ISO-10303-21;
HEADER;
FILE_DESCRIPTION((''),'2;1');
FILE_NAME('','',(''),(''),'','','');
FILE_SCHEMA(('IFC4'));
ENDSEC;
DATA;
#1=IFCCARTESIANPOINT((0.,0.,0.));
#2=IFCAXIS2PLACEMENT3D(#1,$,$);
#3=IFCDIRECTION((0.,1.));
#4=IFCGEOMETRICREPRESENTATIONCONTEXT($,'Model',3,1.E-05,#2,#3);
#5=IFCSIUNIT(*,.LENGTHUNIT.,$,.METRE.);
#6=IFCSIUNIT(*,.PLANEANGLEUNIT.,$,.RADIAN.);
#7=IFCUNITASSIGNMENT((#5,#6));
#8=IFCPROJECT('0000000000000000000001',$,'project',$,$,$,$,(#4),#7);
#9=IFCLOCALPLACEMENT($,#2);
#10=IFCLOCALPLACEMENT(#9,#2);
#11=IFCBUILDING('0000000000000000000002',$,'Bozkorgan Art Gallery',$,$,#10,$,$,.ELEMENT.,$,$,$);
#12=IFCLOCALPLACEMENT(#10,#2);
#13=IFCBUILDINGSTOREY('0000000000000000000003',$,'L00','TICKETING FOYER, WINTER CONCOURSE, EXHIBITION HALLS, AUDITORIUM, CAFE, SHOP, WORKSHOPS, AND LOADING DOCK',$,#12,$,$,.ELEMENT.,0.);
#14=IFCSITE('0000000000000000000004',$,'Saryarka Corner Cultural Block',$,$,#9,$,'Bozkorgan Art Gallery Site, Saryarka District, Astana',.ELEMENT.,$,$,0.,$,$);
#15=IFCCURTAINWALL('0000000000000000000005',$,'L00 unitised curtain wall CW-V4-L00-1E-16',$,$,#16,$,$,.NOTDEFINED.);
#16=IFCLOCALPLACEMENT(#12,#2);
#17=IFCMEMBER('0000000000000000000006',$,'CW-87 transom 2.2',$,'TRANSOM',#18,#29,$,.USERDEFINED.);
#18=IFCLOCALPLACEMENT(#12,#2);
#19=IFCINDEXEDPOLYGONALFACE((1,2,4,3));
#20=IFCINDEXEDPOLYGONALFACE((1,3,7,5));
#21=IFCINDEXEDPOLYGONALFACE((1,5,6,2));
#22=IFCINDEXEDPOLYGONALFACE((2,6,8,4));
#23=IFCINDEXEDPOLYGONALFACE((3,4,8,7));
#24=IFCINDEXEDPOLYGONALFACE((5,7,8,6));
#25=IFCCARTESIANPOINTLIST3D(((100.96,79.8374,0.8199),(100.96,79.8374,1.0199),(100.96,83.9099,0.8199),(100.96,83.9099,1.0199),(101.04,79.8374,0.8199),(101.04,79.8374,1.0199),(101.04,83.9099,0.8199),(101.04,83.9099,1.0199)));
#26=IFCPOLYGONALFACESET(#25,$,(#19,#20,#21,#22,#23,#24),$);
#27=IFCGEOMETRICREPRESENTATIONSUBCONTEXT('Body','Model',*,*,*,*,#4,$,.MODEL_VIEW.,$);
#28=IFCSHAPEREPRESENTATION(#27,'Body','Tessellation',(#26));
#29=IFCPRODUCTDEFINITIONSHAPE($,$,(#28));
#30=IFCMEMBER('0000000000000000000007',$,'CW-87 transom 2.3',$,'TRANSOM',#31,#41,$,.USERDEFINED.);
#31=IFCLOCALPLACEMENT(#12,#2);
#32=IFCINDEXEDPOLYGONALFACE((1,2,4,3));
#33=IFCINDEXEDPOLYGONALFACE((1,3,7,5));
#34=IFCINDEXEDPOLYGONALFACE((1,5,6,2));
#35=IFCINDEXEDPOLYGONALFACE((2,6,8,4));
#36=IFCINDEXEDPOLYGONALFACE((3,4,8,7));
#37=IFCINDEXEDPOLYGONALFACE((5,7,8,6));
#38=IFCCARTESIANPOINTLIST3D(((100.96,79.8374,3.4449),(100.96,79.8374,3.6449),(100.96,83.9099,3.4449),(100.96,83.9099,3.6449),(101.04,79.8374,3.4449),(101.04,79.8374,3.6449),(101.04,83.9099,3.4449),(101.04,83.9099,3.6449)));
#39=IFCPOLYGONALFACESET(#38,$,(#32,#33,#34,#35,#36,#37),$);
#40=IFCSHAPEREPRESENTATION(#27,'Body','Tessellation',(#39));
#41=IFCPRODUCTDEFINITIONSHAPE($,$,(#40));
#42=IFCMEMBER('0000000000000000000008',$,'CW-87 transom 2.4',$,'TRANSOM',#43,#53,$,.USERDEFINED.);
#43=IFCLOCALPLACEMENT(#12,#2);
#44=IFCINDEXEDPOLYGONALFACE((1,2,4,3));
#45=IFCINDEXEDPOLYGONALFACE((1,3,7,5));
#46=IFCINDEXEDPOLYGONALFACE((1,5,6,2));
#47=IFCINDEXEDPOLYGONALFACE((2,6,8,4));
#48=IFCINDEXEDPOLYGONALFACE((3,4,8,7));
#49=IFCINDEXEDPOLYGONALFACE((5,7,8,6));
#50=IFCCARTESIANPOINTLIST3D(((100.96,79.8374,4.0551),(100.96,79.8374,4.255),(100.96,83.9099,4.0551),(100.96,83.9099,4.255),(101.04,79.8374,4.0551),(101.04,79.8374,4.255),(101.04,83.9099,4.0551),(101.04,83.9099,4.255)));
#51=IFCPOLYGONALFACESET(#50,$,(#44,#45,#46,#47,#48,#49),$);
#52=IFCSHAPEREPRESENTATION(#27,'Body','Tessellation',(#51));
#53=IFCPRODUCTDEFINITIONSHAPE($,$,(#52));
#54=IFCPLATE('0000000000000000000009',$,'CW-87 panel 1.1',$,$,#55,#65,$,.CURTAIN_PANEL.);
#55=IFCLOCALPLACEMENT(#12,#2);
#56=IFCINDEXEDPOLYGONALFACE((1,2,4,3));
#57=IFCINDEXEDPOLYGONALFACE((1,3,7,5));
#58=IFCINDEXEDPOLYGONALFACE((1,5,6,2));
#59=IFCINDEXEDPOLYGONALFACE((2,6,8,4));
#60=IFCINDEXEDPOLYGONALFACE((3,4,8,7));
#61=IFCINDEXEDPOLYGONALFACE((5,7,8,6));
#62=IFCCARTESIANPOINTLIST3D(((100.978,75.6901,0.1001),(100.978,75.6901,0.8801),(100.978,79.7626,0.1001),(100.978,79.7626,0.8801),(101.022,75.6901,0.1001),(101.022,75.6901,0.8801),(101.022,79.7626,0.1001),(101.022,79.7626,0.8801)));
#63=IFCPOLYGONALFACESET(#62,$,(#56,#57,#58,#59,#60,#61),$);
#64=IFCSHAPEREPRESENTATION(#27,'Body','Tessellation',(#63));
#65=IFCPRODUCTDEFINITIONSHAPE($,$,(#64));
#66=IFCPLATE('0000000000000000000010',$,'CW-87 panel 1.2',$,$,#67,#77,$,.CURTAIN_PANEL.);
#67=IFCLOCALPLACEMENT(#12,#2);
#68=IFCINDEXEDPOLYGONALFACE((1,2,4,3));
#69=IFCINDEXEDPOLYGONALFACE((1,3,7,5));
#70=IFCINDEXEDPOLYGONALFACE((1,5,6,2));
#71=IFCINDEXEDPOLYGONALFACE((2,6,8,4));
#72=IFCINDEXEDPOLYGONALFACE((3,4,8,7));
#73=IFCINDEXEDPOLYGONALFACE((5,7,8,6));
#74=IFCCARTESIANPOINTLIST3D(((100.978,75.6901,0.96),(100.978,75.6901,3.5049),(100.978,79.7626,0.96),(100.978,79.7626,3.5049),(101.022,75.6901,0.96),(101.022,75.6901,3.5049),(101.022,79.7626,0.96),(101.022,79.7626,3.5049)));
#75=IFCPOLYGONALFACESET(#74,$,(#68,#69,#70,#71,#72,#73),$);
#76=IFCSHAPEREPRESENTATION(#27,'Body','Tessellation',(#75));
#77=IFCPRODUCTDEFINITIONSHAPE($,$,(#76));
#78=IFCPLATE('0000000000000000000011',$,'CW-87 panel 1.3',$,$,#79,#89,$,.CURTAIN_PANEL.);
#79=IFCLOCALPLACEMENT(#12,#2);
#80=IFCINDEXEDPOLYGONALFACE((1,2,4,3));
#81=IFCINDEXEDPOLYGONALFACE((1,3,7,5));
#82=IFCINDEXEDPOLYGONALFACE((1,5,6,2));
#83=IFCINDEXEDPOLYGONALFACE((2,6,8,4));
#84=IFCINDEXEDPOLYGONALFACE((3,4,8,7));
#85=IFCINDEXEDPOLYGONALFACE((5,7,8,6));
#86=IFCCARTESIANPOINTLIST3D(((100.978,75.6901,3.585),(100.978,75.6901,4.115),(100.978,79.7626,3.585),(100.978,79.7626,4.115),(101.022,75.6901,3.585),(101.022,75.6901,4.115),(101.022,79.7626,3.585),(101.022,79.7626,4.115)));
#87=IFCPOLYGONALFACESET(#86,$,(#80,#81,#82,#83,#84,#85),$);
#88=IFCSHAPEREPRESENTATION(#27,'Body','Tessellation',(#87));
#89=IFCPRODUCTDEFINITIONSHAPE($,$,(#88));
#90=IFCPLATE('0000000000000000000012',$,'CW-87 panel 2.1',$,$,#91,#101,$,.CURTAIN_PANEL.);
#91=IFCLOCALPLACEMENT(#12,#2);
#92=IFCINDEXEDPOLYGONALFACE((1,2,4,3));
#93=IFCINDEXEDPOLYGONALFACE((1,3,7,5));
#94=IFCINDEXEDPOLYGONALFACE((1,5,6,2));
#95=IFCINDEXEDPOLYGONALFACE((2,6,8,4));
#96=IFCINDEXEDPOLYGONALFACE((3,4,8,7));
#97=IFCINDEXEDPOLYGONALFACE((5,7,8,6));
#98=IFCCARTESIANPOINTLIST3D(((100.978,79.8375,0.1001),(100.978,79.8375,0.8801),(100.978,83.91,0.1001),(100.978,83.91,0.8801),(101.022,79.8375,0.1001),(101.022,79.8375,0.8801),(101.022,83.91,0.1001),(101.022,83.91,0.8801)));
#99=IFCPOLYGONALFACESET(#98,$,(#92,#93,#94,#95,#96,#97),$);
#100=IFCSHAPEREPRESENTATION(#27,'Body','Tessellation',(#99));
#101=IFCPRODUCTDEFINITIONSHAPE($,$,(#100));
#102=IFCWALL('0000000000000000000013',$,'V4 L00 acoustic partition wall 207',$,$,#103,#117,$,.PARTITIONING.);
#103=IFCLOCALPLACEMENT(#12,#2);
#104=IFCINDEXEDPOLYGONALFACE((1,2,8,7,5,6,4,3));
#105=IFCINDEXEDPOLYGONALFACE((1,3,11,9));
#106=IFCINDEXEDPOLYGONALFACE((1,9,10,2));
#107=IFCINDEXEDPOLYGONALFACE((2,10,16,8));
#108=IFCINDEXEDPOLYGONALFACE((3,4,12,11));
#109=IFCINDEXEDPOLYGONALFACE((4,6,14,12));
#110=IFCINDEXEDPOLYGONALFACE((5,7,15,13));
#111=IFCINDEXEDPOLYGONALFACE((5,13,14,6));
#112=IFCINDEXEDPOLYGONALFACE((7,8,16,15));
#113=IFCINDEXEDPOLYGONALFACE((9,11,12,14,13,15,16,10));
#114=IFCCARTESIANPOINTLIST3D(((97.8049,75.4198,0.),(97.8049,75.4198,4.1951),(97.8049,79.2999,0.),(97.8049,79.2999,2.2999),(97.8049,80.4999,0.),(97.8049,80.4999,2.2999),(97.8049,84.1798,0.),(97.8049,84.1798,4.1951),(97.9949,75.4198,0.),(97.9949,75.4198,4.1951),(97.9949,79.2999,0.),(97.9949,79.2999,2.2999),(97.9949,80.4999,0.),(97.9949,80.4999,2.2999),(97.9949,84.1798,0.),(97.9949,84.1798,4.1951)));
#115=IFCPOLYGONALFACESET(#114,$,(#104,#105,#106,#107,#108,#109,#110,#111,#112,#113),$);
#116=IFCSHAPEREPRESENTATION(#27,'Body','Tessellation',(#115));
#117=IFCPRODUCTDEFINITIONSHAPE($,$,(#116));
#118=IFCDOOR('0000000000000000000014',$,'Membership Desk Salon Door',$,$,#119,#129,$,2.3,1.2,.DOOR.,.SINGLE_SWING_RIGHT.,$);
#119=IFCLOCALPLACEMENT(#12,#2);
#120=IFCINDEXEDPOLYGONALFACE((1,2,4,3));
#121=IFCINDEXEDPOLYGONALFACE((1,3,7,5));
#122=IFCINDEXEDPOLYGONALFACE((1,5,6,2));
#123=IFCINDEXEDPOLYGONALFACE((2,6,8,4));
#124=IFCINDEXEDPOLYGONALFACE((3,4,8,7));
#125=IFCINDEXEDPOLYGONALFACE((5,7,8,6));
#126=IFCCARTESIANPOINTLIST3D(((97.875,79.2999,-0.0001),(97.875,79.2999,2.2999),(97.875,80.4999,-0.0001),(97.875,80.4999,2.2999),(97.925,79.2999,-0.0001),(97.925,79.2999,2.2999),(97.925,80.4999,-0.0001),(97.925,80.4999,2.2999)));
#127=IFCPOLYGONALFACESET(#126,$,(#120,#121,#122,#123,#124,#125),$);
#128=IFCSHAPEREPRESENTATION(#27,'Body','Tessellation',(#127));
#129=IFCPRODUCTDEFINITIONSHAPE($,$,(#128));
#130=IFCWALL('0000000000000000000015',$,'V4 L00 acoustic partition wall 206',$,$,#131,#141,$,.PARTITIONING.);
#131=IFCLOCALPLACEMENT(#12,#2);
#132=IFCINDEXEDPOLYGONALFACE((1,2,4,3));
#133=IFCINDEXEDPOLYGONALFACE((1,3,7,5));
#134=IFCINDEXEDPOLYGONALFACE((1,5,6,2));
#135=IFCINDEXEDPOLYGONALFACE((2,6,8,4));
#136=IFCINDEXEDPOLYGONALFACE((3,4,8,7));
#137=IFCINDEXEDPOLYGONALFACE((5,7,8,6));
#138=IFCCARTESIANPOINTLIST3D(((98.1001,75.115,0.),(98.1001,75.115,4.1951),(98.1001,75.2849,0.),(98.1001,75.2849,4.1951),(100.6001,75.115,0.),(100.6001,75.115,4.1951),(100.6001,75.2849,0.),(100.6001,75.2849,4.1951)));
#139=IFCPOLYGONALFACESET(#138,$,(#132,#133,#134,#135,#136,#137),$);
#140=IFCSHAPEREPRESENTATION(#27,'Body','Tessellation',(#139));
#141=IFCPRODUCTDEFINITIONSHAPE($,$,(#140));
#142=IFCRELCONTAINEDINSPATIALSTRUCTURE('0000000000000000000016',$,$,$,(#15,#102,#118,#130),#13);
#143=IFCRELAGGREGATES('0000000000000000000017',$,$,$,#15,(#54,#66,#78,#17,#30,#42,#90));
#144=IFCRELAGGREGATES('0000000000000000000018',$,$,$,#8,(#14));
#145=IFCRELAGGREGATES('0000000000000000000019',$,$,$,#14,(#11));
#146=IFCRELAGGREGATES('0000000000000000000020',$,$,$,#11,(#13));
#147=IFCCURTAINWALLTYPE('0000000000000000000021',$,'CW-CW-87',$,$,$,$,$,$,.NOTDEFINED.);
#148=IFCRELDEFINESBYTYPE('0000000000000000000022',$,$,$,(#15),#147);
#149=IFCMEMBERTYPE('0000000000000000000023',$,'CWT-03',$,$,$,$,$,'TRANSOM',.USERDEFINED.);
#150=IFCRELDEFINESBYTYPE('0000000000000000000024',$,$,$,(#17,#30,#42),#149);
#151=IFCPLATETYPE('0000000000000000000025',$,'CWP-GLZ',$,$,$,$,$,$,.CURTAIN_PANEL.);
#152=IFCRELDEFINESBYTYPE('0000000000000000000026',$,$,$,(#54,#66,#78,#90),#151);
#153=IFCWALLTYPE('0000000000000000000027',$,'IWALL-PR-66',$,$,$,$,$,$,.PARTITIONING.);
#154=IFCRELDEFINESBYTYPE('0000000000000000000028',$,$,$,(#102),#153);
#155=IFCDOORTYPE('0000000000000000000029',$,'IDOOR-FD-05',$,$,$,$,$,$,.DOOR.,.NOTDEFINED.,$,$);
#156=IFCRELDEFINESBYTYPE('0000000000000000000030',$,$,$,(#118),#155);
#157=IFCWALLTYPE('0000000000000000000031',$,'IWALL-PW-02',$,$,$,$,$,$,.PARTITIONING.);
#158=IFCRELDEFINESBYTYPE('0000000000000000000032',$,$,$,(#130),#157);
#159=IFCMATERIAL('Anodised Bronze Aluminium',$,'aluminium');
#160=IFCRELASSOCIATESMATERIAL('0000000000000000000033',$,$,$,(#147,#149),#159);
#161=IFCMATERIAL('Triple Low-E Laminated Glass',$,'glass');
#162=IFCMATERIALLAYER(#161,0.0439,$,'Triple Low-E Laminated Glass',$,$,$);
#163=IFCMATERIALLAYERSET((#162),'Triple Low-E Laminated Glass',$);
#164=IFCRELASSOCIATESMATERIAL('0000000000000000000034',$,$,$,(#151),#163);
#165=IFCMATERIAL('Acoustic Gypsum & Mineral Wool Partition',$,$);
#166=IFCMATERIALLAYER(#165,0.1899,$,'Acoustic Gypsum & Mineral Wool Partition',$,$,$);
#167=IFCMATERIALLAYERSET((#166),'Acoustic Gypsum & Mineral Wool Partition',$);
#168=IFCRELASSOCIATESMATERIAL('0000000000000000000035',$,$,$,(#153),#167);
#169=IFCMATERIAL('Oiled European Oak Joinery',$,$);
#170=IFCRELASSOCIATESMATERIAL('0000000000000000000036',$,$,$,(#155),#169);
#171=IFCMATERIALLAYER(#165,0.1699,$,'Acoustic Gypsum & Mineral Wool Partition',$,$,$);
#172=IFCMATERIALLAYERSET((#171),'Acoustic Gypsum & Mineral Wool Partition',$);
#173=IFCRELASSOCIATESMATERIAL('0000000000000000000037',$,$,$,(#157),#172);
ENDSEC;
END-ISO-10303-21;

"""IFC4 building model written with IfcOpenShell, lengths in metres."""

from ifc_helpers import new_model, si_unit, direction, frame, frame_2d, origin, origin_2d, place, context, subcontext, project, spatial, rectangle, extrude, material, layer, layer_set, material_profile, profile_set, type_object, element, fill, aggregate, save


model = new_model("IFC4")

# Units and contexts
model_context = context("Model", 3, precision=1e-05, world=origin(), true_north=direction((0.0, 1.0)))
body_context = subcontext(model_context, "Body", "Model", "MODEL_VIEW")
ifc_project = project(units=[si_unit("LENGTHUNIT", "METRE"), si_unit("PLANEANGLEUNIT", "RADIAN")], contexts=[model_context])

# Site, building, storey
site_placement = place(None, origin())
site = spatial("IfcSite", under=ifc_project, at=site_placement, Name="Saryarka Corner Cultural Block", LongName="Bozkorgan Art Gallery Site, Saryarka District, Astana", CompositionType="ELEMENT", RefElevation=0.0)
building_placement = place(site_placement, origin())
building = spatial("IfcBuilding", under=site, at=building_placement, Name="Bozkorgan Art Gallery", CompositionType="ELEMENT")
storey_placement = place(building_placement, origin())
storey = spatial("IfcBuildingStorey", under=building, at=storey_placement, Name="L00", Description="TICKETING FOYER, WINTER CONCOURSE, EXHIBITION HALLS, AUDITORIUM, CAFE, SHOP, WORKSHOPS, AND LOADING DOCK", CompositionType="ELEMENT", Elevation=0.0)

# Shared definitions
ifc_material_1 = material(Name="Anodised Bronze Aluminium", Category="aluminium")
curtain_wall_type = type_object("IfcCurtainWallType", Name="CW-CW-87", PredefinedType="NOTDEFINED", material=ifc_material_1)

# Curtain wall, members, plates
curtain_wall_1_placement = place(storey_placement, origin())
curtain_wall_1 = element("IfcCurtainWall", 1, at=curtain_wall_1_placement, inside=storey, type_object=curtain_wall_type, Name="L00 unitised curtain wall CW-V4-L00-1E-16", PredefinedType="NOTDEFINED")
ifc_material_profile_1 = material_profile(ifc_material_1, rectangle(XDim=0.0801, YDim=0.2, at=origin_2d()), Name="ALU TRANSOM 80x200")
ifc_profile_set_1 = profile_set([ifc_material_profile_1], Name="Anodised Bronze Aluminium")
member_type_1 = type_object("IfcMemberType", Name="CWT-03", ElementType="TRANSOM", PredefinedType="USERDEFINED", material=ifc_profile_set_1)
member_1_placement = place(storey_placement, frame((101.0, 79.8374, 0.9199), z_axis=(0.0, 1.0, 0.0), x_axis=(-1.0, 0.0, 0.0)))
member_1 = element("IfcMember", 2, at=member_1_placement, type_object=member_type_1, Name="CW-87 transom 2.2", ObjectType="TRANSOM", PredefinedType="USERDEFINED", context=body_context, shape_type="SweptSolid", body=[
    extrude(rectangle(XDim=0.0801, YDim=0.2, at=origin_2d()), origin(), (0.0, 0.0, 1.0), 4.0725),
])
member_2_placement = place(storey_placement, frame((101.0, 79.8374, 3.5449), z_axis=(0.0, 1.0, 0.0), x_axis=(-1.0, 0.0, 0.0)))
member_2 = element("IfcMember", 3, at=member_2_placement, type_object=member_type_1, Name="CW-87 transom 2.3", ObjectType="TRANSOM", PredefinedType="USERDEFINED", context=body_context, shape_type="SweptSolid", body=[
    extrude(rectangle(XDim=0.0801, YDim=0.2, at=origin_2d()), origin(), (0.0, 0.0, 1.0), 4.0725),
])
member_3_placement = place(storey_placement, frame((101.0, 79.8374, 4.155), z_axis=(0.0, 1.0, 0.0), x_axis=(-1.0, 0.0, 0.0)))
member_3 = element("IfcMember", 4, at=member_3_placement, type_object=member_type_1, Name="CW-87 transom 2.4", ObjectType="TRANSOM", PredefinedType="USERDEFINED", context=body_context, shape_type="SweptSolid", body=[
    extrude(rectangle(XDim=0.0801, YDim=0.2, at=origin_2d()), origin(), (0.0, 0.0, 1.0), 4.0725),
])
ifc_material_2 = material(Name="Triple Low-E Laminated Glass", Category="glass")
ifc_layer_1 = layer(ifc_material_2, 0.0439, Name="Triple Low-E Laminated Glass")
ifc_layer_set_1 = layer_set([ifc_layer_1], Name="Triple Low-E Laminated Glass")
plate_type = type_object("IfcPlateType", Name="CWP-GLZ", PredefinedType="CURTAIN_PANEL", material=ifc_layer_set_1)
plate_1_placement = place(storey_placement, frame((101.0, 77.7263, 0.1001), z_axis=(0.0, 0.0, 1.0), x_axis=(0.0, 1.0, 0.0)))
plate_1 = element("IfcPlate", 5, at=plate_1_placement, type_object=plate_type, Name="CW-87 panel 1.1", PredefinedType="CURTAIN_PANEL", context=body_context, shape_type="SweptSolid", body=[
    extrude(rectangle(XDim=4.0725, YDim=0.0439, at=origin_2d()), origin(), (0.0, 0.0, 1.0), 0.78),
])
plate_2_placement = place(storey_placement, frame((101.0, 77.7263, 0.96), z_axis=(0.0, 0.0, 1.0), x_axis=(0.0, 1.0, 0.0)))
plate_2 = element("IfcPlate", 6, at=plate_2_placement, type_object=plate_type, Name="CW-87 panel 1.2", PredefinedType="CURTAIN_PANEL", context=body_context, shape_type="SweptSolid", body=[
    extrude(rectangle(XDim=4.0725, YDim=0.0439, at=origin_2d()), origin(), (0.0, 0.0, 1.0), 2.5449),
])
plate_3_placement = place(storey_placement, frame((101.0, 77.7263, 3.585), z_axis=(0.0, 0.0, 1.0), x_axis=(0.0, 1.0, 0.0)))
plate_3 = element("IfcPlate", 7, at=plate_3_placement, type_object=plate_type, Name="CW-87 panel 1.3", PredefinedType="CURTAIN_PANEL", context=body_context, shape_type="SweptSolid", body=[
    extrude(rectangle(XDim=4.0725, YDim=0.0439, at=origin_2d()), origin(), (0.0, 0.0, 1.0), 0.53),
])
plate_4_placement = place(storey_placement, frame((101.0, 81.8738, 0.1001), z_axis=(0.0, 0.0, 1.0), x_axis=(0.0, 1.0, 0.0)))
plate_4 = element("IfcPlate", 8, at=plate_4_placement, type_object=plate_type, Name="CW-87 panel 2.1", PredefinedType="CURTAIN_PANEL", context=body_context, shape_type="SweptSolid", body=[
    extrude(rectangle(XDim=4.0725, YDim=0.0439, at=origin_2d()), origin(), (0.0, 0.0, 1.0), 0.78),
])
aggregate(curtain_wall_1, [plate_1, plate_2, plate_3, member_1, member_2, member_3, plate_4])

# Wall, opening, door
ifc_material_3 = material(Name="Acoustic Gypsum & Mineral Wool Partition")
ifc_layer_2 = layer(ifc_material_3, 0.1899, Name="Acoustic Gypsum & Mineral Wool Partition")
ifc_layer_set_2 = layer_set([ifc_layer_2], Name="Acoustic Gypsum & Mineral Wool Partition")
wall_type_1 = type_object("IfcWallType", Name="IWALL-PR-66", PredefinedType="PARTITIONING", material=ifc_layer_set_2)
wall_1_placement = place(storey_placement, frame((97.8999, 75.4199, 0.0), z_axis=(0.0, 0.0, 1.0), x_axis=(0.0, 1.0, 0.0)))
wall_1 = element("IfcWall", 9, at=wall_1_placement, inside=storey, type_object=wall_type_1, Name="V4 L00 acoustic partition wall 207", PredefinedType="PARTITIONING", context=body_context, shape_type="SweptSolid", body=[
    extrude(rectangle(XDim=8.76, YDim=0.1899, at=frame_2d((4.3799, 0.0))), origin(), (0.0, 0.0, 1.0), 4.1951),
])
opening_placement = place(wall_1_placement, frame((3.8799, 0.0, 0.0)))
opening = element("IfcOpeningElement", 10, at=opening_placement, cuts=wall_1, PredefinedType="OPENING", context=body_context, shape_type="SweptSolid", body=[
    extrude(rectangle(XDim=1.2, YDim=2.3, at=frame_2d((0.6001, 1.1499))), frame((0.0, 0.105, 0.0), z_axis=(0.0, -1.0, 0.0), x_axis=(1.0, 0.0, 0.0)), (0.0, 0.0, 1.0), 0.21),
])
ifc_material_4 = material(Name="Oiled European Oak Joinery")
door_type = type_object("IfcDoorType", Name="IDOOR-FD-05", OperationType="NOTDEFINED", PredefinedType="DOOR", material=ifc_material_4)
door_placement = place(opening_placement, origin())
door = element("IfcDoor", 11, at=door_placement, inside=storey, type_object=door_type, Name="Membership Desk Salon Door", OperationType="SINGLE_SWING_RIGHT", OverallHeight=2.3, OverallWidth=1.2, PredefinedType="DOOR", context=body_context, shape_type="SweptSolid", body=[
    extrude(rectangle(XDim=1.2, YDim=2.3, at=frame_2d((0.6001, 1.1499))), frame((0.0, 0.0249, 0.0), z_axis=(0.0, -1.0, 0.0), x_axis=(1.0, 0.0, 0.0)), (0.0, 0.0, 1.0), 0.05),
])
fill(opening, door)

# Wall
ifc_layer_3 = layer(ifc_material_3, 0.1699, Name="Acoustic Gypsum & Mineral Wool Partition")
ifc_layer_set_3 = layer_set([ifc_layer_3], Name="Acoustic Gypsum & Mineral Wool Partition")
wall_type_2 = type_object("IfcWallType", Name="IWALL-PW-02", PredefinedType="PARTITIONING", material=ifc_layer_set_3)
wall_2_placement = place(storey_placement, frame((98.1001, 75.2, 0.0), z_axis=(0.0, 0.0, 1.0), x_axis=(1.0, 0.0, 0.0)))
element("IfcWall", 12, at=wall_2_placement, inside=storey, type_object=wall_type_2, Name="V4 L00 acoustic partition wall 206", PredefinedType="PARTITIONING", context=body_context, shape_type="SweptSolid", body=[
    extrude(rectangle(XDim=2.5, YDim=0.1699, at=frame_2d((1.25, 0.0))), origin(), (0.0, 0.0, 1.0), 4.1951),
])

save(model, "model.ifc")
